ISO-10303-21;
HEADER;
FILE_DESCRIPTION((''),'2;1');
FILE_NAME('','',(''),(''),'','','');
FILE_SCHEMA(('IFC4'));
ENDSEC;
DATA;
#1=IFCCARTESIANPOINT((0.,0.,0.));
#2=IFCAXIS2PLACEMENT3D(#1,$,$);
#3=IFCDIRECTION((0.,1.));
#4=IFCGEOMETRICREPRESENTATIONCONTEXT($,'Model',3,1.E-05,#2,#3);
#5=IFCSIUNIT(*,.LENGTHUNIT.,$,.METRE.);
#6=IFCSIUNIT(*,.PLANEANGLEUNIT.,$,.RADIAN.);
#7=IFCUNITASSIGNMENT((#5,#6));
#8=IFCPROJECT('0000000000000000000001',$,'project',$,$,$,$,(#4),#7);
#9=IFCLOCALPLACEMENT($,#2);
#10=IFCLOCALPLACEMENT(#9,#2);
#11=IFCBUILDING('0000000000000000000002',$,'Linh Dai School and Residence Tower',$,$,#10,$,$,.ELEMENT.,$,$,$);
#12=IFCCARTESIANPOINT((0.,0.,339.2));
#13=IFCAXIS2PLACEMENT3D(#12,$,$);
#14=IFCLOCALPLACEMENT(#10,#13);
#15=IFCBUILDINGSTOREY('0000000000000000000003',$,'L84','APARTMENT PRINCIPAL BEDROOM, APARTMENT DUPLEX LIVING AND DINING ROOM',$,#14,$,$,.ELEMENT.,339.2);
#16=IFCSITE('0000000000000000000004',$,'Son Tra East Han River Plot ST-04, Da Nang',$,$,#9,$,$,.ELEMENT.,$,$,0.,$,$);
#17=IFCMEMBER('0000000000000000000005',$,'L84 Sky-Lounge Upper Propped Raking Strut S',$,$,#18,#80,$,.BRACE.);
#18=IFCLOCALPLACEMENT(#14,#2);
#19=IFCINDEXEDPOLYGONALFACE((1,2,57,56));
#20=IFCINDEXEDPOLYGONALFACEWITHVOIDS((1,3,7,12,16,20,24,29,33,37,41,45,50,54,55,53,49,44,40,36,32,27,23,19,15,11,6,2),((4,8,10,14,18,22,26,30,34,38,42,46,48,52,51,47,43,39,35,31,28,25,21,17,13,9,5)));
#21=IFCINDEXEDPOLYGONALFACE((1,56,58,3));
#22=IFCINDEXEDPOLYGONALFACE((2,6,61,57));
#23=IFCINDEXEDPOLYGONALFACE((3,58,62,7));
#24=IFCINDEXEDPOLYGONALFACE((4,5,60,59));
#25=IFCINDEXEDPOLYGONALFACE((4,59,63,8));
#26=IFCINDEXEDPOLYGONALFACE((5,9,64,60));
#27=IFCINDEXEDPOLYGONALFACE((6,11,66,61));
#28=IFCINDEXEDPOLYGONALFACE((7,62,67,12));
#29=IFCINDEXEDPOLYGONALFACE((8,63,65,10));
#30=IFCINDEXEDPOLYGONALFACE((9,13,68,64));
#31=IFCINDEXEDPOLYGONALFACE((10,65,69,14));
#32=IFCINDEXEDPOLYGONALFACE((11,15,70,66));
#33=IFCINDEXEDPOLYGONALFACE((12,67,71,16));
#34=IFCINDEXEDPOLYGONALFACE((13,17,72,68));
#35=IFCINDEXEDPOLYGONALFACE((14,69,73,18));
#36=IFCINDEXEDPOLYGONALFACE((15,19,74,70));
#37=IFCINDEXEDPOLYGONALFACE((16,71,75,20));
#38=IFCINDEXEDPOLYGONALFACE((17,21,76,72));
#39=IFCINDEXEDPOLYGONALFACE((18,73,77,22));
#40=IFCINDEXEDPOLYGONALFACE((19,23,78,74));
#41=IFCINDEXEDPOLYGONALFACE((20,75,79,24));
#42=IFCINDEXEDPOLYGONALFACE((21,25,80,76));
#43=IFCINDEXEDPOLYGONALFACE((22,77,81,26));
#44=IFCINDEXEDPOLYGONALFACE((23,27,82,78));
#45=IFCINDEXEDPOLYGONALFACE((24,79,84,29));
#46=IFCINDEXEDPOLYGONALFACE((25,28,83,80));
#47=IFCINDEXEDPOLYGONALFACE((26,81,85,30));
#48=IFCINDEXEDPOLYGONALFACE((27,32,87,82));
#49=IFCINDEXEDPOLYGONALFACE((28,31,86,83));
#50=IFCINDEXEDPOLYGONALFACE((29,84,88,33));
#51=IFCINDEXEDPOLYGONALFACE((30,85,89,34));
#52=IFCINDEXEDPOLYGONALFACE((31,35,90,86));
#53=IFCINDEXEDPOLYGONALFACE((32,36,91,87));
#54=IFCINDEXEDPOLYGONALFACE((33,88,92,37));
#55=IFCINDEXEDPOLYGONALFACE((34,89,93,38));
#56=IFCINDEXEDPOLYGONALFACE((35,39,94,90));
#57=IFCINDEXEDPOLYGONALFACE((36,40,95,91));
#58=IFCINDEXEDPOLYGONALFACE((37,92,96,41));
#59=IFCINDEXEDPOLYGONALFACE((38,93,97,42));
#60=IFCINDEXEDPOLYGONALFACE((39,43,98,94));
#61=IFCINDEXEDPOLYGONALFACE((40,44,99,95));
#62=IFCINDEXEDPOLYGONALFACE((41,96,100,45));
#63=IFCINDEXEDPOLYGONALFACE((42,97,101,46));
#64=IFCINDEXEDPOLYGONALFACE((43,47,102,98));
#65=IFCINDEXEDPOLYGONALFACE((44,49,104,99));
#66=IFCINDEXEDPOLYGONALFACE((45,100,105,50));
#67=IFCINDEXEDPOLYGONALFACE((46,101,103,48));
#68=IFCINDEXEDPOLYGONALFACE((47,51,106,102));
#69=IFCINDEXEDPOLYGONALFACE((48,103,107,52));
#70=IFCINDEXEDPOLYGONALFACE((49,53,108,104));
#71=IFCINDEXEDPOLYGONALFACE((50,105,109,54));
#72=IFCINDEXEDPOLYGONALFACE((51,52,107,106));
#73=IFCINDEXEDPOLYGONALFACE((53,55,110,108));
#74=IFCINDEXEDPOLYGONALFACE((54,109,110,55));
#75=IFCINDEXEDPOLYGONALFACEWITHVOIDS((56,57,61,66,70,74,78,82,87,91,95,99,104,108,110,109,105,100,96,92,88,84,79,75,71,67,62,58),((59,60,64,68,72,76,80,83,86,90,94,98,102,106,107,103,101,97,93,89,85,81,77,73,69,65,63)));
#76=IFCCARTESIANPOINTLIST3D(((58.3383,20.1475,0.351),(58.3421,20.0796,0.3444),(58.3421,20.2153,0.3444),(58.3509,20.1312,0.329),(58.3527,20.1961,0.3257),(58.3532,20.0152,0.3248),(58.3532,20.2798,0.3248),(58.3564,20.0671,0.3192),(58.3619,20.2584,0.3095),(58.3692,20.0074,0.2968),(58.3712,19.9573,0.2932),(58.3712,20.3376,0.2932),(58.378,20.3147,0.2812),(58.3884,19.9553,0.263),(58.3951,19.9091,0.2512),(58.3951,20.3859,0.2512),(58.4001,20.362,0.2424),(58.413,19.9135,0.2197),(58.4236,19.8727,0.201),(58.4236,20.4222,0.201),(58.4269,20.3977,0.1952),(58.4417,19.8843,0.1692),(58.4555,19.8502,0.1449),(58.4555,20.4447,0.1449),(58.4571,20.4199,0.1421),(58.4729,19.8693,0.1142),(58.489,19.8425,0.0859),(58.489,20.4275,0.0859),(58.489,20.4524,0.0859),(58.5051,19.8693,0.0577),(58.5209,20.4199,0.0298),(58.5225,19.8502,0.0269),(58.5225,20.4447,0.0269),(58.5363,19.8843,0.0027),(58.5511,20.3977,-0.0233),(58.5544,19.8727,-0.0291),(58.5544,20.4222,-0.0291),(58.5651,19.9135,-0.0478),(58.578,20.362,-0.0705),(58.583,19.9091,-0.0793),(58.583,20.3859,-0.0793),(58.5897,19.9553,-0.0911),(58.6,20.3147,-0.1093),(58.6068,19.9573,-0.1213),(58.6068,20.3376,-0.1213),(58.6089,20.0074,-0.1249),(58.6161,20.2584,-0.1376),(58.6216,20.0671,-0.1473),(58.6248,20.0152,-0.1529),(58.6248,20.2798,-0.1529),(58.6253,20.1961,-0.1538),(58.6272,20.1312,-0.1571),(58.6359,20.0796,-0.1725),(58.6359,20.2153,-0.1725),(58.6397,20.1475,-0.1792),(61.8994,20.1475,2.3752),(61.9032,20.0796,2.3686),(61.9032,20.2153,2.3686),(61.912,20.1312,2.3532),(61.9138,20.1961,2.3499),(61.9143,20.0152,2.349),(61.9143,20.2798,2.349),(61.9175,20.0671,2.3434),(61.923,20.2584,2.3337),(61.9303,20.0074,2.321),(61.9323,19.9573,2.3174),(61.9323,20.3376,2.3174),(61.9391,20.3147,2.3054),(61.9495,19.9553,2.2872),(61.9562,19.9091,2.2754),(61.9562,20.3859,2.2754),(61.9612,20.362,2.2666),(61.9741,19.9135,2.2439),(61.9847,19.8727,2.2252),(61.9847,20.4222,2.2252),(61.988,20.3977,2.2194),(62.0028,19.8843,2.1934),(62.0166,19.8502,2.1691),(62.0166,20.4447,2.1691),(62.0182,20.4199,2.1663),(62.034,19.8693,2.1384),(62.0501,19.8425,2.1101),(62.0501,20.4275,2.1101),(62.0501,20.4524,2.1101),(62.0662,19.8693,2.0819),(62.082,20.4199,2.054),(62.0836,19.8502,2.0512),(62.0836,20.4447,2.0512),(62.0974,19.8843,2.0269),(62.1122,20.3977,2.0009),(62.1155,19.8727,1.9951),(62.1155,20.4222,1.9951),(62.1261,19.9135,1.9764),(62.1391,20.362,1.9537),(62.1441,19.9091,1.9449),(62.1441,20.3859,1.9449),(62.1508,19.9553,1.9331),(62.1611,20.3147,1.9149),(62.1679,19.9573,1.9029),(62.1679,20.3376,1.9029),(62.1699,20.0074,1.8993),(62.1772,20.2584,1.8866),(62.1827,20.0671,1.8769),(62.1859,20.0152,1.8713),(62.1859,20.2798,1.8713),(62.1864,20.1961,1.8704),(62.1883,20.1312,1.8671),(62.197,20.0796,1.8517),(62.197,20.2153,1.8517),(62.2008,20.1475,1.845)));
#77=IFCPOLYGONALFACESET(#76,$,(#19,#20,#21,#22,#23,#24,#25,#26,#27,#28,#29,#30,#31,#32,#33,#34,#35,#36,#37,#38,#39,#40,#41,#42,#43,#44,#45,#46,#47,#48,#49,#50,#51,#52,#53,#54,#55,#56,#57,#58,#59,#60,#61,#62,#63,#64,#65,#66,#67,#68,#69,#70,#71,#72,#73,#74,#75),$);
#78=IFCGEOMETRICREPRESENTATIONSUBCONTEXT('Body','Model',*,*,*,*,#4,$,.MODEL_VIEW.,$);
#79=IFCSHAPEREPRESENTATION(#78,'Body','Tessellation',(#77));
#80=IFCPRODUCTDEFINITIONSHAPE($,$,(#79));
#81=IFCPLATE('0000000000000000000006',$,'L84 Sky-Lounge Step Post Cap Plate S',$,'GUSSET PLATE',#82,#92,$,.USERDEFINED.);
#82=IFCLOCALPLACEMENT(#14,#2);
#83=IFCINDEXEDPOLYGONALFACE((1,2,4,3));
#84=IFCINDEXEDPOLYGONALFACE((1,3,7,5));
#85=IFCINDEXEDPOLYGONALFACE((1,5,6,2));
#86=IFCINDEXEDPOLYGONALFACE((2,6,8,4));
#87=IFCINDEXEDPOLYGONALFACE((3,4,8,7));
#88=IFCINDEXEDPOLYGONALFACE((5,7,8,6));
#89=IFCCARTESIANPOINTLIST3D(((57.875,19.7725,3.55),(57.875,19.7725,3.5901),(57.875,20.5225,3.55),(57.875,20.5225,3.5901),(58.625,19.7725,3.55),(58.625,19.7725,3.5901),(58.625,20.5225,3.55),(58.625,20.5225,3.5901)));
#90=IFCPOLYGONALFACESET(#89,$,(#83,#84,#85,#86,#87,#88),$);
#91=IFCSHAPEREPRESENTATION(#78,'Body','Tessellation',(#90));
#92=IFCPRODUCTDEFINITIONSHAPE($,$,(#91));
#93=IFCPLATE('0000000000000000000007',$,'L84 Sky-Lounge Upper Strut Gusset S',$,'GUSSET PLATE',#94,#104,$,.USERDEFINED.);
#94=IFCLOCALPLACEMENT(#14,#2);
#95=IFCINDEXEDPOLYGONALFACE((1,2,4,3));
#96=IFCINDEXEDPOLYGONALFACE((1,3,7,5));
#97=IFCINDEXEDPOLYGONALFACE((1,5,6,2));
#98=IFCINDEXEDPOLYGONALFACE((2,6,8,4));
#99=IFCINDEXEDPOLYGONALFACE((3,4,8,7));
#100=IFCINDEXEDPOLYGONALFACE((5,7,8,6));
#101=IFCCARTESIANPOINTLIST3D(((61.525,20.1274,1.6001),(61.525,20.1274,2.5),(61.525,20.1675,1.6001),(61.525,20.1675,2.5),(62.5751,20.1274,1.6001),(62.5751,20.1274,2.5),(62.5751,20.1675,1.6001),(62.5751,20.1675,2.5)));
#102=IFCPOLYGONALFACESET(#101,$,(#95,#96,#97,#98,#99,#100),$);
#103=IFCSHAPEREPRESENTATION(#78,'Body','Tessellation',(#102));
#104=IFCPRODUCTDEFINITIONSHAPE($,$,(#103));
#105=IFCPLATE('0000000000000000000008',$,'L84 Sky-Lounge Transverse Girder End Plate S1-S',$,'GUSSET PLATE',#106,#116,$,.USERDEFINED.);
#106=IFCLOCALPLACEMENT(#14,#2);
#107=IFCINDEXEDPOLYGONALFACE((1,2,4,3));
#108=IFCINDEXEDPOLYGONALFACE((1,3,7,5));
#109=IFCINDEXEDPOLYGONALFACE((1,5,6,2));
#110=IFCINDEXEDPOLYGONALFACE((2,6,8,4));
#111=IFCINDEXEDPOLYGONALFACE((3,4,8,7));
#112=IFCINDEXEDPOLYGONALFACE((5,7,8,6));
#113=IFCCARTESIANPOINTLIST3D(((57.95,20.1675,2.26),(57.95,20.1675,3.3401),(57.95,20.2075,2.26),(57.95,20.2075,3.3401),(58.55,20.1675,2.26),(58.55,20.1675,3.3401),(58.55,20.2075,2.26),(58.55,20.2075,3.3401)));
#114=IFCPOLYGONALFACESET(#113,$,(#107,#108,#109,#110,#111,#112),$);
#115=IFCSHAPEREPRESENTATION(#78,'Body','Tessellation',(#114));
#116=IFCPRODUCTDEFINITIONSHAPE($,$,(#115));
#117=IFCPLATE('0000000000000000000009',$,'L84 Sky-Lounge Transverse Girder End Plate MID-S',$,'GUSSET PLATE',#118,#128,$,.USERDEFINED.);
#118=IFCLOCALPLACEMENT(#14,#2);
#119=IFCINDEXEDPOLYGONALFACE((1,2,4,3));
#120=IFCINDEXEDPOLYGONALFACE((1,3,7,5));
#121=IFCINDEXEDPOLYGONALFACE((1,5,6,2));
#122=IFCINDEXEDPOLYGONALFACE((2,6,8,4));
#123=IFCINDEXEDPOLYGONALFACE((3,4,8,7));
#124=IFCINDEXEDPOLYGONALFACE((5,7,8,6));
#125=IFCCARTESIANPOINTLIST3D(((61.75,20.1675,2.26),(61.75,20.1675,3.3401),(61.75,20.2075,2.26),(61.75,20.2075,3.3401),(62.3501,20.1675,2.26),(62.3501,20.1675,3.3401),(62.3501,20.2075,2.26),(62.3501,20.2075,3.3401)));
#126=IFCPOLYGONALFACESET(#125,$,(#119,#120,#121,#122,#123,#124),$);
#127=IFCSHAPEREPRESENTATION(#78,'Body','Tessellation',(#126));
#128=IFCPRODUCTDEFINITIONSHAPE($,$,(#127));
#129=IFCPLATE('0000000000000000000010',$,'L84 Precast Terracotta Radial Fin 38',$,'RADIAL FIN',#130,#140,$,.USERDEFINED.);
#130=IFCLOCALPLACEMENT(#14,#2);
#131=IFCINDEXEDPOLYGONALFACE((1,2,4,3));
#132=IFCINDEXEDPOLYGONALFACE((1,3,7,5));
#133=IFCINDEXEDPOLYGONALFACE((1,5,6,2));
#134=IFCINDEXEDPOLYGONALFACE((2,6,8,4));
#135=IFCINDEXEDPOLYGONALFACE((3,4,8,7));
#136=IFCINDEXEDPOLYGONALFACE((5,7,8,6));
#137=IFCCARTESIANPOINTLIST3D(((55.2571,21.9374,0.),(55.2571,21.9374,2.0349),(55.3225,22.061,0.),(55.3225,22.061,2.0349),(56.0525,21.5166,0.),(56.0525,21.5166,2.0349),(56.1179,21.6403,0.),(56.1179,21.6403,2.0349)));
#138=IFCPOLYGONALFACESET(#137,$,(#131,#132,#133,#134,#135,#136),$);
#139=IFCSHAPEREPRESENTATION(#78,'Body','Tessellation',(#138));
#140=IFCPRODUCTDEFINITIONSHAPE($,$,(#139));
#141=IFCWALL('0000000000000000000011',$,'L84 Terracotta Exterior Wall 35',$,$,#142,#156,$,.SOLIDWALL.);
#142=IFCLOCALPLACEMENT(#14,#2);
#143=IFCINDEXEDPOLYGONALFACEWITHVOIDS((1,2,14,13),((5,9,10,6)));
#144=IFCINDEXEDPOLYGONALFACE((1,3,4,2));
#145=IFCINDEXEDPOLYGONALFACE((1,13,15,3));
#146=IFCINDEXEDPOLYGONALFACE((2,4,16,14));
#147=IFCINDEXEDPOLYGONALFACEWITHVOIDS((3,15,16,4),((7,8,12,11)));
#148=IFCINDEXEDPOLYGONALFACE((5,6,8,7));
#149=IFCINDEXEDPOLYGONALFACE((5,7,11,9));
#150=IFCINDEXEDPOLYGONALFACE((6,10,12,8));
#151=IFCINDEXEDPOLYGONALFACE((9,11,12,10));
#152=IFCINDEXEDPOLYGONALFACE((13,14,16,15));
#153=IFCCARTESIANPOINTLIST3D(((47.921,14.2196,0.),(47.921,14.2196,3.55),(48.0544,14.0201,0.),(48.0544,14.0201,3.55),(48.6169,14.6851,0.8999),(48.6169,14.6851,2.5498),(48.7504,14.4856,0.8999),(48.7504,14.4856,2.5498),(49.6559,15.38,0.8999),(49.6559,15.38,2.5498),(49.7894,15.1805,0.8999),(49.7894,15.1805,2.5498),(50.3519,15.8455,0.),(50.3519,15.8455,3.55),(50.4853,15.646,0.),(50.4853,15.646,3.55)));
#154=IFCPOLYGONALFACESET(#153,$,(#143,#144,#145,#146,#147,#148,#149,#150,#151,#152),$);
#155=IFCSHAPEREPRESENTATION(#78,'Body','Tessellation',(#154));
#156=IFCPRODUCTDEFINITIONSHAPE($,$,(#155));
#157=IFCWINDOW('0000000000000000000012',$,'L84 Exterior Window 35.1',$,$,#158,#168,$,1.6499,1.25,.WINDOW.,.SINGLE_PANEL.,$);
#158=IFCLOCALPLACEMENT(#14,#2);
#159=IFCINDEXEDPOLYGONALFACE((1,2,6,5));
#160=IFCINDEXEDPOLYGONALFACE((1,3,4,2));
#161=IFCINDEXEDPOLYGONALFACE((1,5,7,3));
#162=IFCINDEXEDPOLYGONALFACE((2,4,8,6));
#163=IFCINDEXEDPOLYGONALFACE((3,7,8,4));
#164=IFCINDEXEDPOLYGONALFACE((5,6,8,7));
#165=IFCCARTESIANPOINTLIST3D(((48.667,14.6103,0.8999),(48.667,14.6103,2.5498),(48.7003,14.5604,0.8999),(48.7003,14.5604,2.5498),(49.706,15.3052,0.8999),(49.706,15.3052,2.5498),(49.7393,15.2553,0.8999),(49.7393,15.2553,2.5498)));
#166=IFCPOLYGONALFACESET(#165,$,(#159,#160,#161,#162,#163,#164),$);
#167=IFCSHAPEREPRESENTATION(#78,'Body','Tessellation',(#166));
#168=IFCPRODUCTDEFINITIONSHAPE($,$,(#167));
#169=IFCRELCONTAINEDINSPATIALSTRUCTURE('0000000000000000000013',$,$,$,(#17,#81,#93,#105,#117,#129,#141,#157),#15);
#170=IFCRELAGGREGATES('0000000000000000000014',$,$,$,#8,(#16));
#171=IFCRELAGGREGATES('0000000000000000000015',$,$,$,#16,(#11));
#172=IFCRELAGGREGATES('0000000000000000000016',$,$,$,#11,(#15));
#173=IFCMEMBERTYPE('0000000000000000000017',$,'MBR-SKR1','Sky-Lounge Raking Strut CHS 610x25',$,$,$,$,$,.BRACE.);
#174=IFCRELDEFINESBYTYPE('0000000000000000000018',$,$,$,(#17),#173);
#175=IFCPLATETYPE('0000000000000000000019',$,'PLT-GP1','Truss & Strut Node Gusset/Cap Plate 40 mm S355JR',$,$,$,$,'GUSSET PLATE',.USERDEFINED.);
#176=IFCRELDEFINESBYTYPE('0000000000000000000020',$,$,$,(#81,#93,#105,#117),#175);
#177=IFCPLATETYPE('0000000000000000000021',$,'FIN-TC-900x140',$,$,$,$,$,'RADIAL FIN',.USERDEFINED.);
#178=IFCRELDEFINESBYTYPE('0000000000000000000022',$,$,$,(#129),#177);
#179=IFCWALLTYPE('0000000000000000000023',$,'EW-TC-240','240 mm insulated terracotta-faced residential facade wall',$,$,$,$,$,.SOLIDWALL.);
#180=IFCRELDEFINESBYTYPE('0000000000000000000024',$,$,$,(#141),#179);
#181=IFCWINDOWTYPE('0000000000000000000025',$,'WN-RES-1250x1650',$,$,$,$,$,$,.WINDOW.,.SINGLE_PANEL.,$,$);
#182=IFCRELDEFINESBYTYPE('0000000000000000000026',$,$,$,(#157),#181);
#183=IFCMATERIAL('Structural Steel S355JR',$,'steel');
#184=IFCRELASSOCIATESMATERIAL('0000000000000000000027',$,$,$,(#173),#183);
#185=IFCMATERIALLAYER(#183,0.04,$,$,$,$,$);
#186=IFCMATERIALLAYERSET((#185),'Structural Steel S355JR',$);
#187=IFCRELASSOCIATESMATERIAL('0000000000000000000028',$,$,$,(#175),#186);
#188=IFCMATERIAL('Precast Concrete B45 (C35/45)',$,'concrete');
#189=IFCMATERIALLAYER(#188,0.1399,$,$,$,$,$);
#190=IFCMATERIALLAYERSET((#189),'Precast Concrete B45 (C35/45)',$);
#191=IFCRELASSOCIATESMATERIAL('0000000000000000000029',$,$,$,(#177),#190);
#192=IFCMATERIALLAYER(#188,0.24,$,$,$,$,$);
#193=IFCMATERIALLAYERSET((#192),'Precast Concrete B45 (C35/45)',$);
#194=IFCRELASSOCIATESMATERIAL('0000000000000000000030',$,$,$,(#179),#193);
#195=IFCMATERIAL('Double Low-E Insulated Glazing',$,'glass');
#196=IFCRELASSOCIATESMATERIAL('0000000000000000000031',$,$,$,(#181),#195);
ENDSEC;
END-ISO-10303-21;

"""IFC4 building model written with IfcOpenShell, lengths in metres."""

from ifc_helpers import new_model, si_unit, direction, frame, frame_2d, origin, origin_2d, place, context, subcontext, project, spatial, rectangle, hollow_circle, extrude, source, transform, mapped, material, layer, layer_set, material_profile, profile_set, type_object, element, fill, save


model = new_model("IFC4")

# Units and contexts
model_context = context("Model", 3, precision=1e-05, world=origin(), true_north=direction((0.0, 1.0)))
body_context = subcontext(model_context, "Body", "Model", "MODEL_VIEW")
ifc_project = project(units=[si_unit("LENGTHUNIT", "METRE"), si_unit("PLANEANGLEUNIT", "RADIAN")], contexts=[model_context])

# Site, building, storey
site_placement = place(None, origin())
site = spatial("IfcSite", under=ifc_project, at=site_placement, Name="Son Tra East Han River Plot ST-04, Da Nang", CompositionType="ELEMENT", RefElevation=0.0)
building_placement = place(site_placement, origin())
building = spatial("IfcBuilding", under=site, at=building_placement, Name="Linh Dai School and Residence Tower", CompositionType="ELEMENT")
storey_placement = place(building_placement, frame((0.0, 0.0, 339.2)))
storey = spatial("IfcBuildingStorey", under=building, at=storey_placement, Name="L84", Description="APARTMENT PRINCIPAL BEDROOM, APARTMENT DUPLEX LIVING AND DINING ROOM", CompositionType="ELEMENT", Elevation=339.2)

# Shared definitions
ifc_material_1 = material(Name="Structural Steel S355JR", Category="steel")

# Member
ifc_material_profile_1 = material_profile(ifc_material_1, hollow_circle(Radius=0.3049, WallThickness=0.0249, at=origin_2d()), Name="CHS 610x25")
ifc_profile_set_1 = profile_set([ifc_material_profile_1], Name="Structural Steel S355JR")
member_type = type_object("IfcMemberType", Name="MBR-SKR1", Description="Sky-Lounge Raking Strut CHS 610x25", PredefinedType="BRACE", material=ifc_profile_set_1)
member_placement = place(storey_placement, frame((58.489, 20.1475, 0.0859), z_axis=(0.869367, 0.0, 0.494167), x_axis=(0.0, 1.0, 0.0)))
element("IfcMember", 1, at=member_placement, inside=storey, type_object=member_type, Name="L84 Sky-Lounge Upper Propped Raking Strut S", PredefinedType="BRACE", context=body_context, shape_type="SweptSolid", body=[
    extrude(hollow_circle(Radius=0.3049, WallThickness=0.0249, at=origin_2d()), origin(), (0.0, 0.0, 1.0), 4.0962),
])

# Plates
ifc_layer_1 = layer(ifc_material_1, 0.04)
ifc_layer_set_1 = layer_set([ifc_layer_1], Name="Structural Steel S355JR")
plate_type_1 = type_object("IfcPlateType", Name="PLT-GP1", Description="Truss & Strut Node Gusset/Cap Plate 40 mm S355JR", ElementType="GUSSET PLATE", PredefinedType="USERDEFINED", material=ifc_layer_set_1)
shared_shape_1 = source(origin(), body_context, "Body", "SweptSolid", [
    extrude(rectangle(XDim=0.75, YDim=0.75, at=origin_2d()), origin(), (0.0, 0.0, 1.0), 0.04),
])
plate_1_placement = place(storey_placement, frame((58.25, 20.1475, 3.55), z_axis=(0.0, 0.0, 1.0), x_axis=(1.0, 0.0, 0.0)))
element("IfcPlate", 2, at=plate_1_placement, inside=storey, type_object=plate_type_1, Name="L84 Sky-Lounge Step Post Cap Plate S", ObjectType="GUSSET PLATE", PredefinedType="USERDEFINED", context=body_context, shape_type="MappedRepresentation", body=[
    mapped(shared_shape_1, transform((0.0, 0.0, 0.0), x_axis=(1.0, 0.0, 0.0), y_axis=(0.0, 1.0, 0.0), z_axis=(0.0, 0.0, 1.0), scale=1.0)),
])
shared_shape_2 = source(origin(), body_context, "Body", "SweptSolid", [
    extrude(rectangle(XDim=1.05, YDim=0.04, at=origin_2d()), origin(), (0.0, 0.0, 1.0), 0.8999),
])
plate_2_placement = place(storey_placement, frame((62.05, 20.1475, 1.6001), z_axis=(0.0, 0.0, 1.0), x_axis=(1.0, 0.0, 0.0)))
element("IfcPlate", 3, at=plate_2_placement, inside=storey, type_object=plate_type_1, Name="L84 Sky-Lounge Upper Strut Gusset S", ObjectType="GUSSET PLATE", PredefinedType="USERDEFINED", context=body_context, shape_type="MappedRepresentation", body=[
    mapped(shared_shape_2, transform((0.0, 0.0, 0.0), x_axis=(1.0, 0.0, 0.0), y_axis=(0.0, 1.0, 0.0), z_axis=(0.0, 0.0, 1.0), scale=1.0)),
])
shared_shape_3 = source(origin(), body_context, "Body", "SweptSolid", [
    extrude(rectangle(XDim=0.6001, YDim=0.04, at=origin_2d()), origin(), (0.0, 0.0, 1.0), 1.0801),
])
for number, where, z_axis, x_axis, name in (
    (4, (58.25, 20.1875, 2.26), (0.0, 0.0, 1.0), (1.0, 0.0, 0.0), "L84 Sky-Lounge Transverse Girder End Plate S1-S"),
    (5, (62.05, 20.1875, 2.26), (0.0, 0.0, 1.0), (1.0, 0.0, 0.0), "L84 Sky-Lounge Transverse Girder End Plate MID-S"),
):
    element("IfcPlate", number, at=place(storey_placement, frame(where, z_axis=z_axis, x_axis=x_axis)), inside=storey, type_object=plate_type_1, Name=name, ObjectType="GUSSET PLATE", PredefinedType="USERDEFINED", context=body_context, shape_type="MappedRepresentation", body=[
        mapped(shared_shape_3, transform((0.0, 0.0, 0.0), x_axis=(1.0, 0.0, 0.0), y_axis=(0.0, 1.0, 0.0), z_axis=(0.0, 0.0, 1.0), scale=1.0)),
    ])
ifc_material_2 = material(Name="Precast Concrete B45 (C35/45)", Category="concrete")
ifc_layer_2 = layer(ifc_material_2, 0.1399)
ifc_layer_set_2 = layer_set([ifc_layer_2], Name="Precast Concrete B45 (C35/45)")
plate_type_2 = type_object("IfcPlateType", Name="FIN-TC-900x140", ElementType="RADIAL FIN", PredefinedType="USERDEFINED", material=ifc_layer_set_2)
shared_shape_4 = source(origin(), body_context, "Body", "SweptSolid", [
    extrude(rectangle(XDim=0.8999, YDim=0.1399, at=origin_2d()), origin(), (0.0, 0.0, 1.0), 2.0349),
])
plate_3_placement = place(storey_placement, frame((55.6875, 21.7888, 0.0), z_axis=(0.0, 0.0, 1.0), x_axis=(0.883972, -0.46754, 0.0)))
element("IfcPlate", 6, at=plate_3_placement, inside=storey, type_object=plate_type_2, Name="L84 Precast Terracotta Radial Fin 38", ObjectType="RADIAL FIN", PredefinedType="USERDEFINED", context=body_context, shape_type="MappedRepresentation", body=[
    mapped(shared_shape_4, transform((0.0, 0.0, 0.0), x_axis=(1.0, 0.0, 0.0), y_axis=(0.0, 1.0, 0.0), z_axis=(0.0, 0.0, 1.0), scale=1.0)),
])

# Wall, opening, window
ifc_layer_3 = layer(ifc_material_2, 0.24)
ifc_layer_set_3 = layer_set([ifc_layer_3], Name="Precast Concrete B45 (C35/45)")
wall_type_1 = type_object("IfcWallType", Name="EW-TC-240", Description="240 mm insulated terracotta-faced residential facade wall", PredefinedType="SOLIDWALL", material=ifc_layer_set_3)
wall_1_placement = place(storey_placement, frame((50.4187, 15.7458, 0.0), z_axis=(0.0, 0.0, 1.0), x_axis=(-0.831202, -0.555971, 0.0)))
wall_1 = element("IfcWall", 7, at=wall_1_placement, inside=storey, type_object=wall_type_1, Name="L84 Terracotta Exterior Wall 35", PredefinedType="SOLIDWALL", context=body_context, shape_type="SweptSolid", body=[
    extrude(rectangle(XDim=2.9246, YDim=0.24, at=frame_2d((1.4624, 0.0))), origin(), (0.0, 0.0, 1.0), 3.55),
])
opening_1_placement = place(wall_1_placement, frame((0.8374, 0.0, 0.8999)))
opening_1 = element("IfcOpeningElement", 8, at=opening_1_placement, cuts=wall_1, PredefinedType="OPENING", context=body_context, shape_type="SweptSolid", body=[
    extrude(rectangle(XDim=1.25, YDim=1.6499, at=origin_2d()), frame((0.625, 0.1299, 0.825), z_axis=(0.0, -1.0, 0.0), x_axis=(1.0, 0.0, 0.0)), (0.0, 0.0, 1.0), 0.26),
])
ifc_material_3 = material(Name="Double Low-E Insulated Glazing", Category="glass")
window_type = type_object("IfcWindowType", Name="WN-RES-1250x1650", PartitioningType="SINGLE_PANEL", PredefinedType="WINDOW", material=ifc_material_3)
shared_shape_5 = source(origin(), body_context, "Body", "SweptSolid", [
    extrude(rectangle(XDim=1.25, YDim=1.6499, at=origin_2d()), frame((0.625, 0.03, 0.825), z_axis=(0.0, -1.0, 0.0), x_axis=(1.0, 0.0, 0.0)), (0.0, 0.0, 1.0), 0.0601),
])
window_1_placement = place(opening_1_placement, origin())
window_1 = element("IfcWindow", 9, at=window_1_placement, inside=storey, type_object=window_type, Name="L84 Exterior Window 35.1", OverallHeight=1.6499, OverallWidth=1.25, PartitioningType="SINGLE_PANEL", PredefinedType="WINDOW", context=body_context, shape_type="MappedRepresentation", body=[
    mapped(shared_shape_5, transform((0.0, 0.0, 0.0), x_axis=(1.0, 0.0, 0.0), y_axis=(0.0, 1.0, 0.0), z_axis=(0.0, 0.0, 1.0), scale=1.0)),
])
fill(opening_1, window_1)

save(model, "model.ifc")
